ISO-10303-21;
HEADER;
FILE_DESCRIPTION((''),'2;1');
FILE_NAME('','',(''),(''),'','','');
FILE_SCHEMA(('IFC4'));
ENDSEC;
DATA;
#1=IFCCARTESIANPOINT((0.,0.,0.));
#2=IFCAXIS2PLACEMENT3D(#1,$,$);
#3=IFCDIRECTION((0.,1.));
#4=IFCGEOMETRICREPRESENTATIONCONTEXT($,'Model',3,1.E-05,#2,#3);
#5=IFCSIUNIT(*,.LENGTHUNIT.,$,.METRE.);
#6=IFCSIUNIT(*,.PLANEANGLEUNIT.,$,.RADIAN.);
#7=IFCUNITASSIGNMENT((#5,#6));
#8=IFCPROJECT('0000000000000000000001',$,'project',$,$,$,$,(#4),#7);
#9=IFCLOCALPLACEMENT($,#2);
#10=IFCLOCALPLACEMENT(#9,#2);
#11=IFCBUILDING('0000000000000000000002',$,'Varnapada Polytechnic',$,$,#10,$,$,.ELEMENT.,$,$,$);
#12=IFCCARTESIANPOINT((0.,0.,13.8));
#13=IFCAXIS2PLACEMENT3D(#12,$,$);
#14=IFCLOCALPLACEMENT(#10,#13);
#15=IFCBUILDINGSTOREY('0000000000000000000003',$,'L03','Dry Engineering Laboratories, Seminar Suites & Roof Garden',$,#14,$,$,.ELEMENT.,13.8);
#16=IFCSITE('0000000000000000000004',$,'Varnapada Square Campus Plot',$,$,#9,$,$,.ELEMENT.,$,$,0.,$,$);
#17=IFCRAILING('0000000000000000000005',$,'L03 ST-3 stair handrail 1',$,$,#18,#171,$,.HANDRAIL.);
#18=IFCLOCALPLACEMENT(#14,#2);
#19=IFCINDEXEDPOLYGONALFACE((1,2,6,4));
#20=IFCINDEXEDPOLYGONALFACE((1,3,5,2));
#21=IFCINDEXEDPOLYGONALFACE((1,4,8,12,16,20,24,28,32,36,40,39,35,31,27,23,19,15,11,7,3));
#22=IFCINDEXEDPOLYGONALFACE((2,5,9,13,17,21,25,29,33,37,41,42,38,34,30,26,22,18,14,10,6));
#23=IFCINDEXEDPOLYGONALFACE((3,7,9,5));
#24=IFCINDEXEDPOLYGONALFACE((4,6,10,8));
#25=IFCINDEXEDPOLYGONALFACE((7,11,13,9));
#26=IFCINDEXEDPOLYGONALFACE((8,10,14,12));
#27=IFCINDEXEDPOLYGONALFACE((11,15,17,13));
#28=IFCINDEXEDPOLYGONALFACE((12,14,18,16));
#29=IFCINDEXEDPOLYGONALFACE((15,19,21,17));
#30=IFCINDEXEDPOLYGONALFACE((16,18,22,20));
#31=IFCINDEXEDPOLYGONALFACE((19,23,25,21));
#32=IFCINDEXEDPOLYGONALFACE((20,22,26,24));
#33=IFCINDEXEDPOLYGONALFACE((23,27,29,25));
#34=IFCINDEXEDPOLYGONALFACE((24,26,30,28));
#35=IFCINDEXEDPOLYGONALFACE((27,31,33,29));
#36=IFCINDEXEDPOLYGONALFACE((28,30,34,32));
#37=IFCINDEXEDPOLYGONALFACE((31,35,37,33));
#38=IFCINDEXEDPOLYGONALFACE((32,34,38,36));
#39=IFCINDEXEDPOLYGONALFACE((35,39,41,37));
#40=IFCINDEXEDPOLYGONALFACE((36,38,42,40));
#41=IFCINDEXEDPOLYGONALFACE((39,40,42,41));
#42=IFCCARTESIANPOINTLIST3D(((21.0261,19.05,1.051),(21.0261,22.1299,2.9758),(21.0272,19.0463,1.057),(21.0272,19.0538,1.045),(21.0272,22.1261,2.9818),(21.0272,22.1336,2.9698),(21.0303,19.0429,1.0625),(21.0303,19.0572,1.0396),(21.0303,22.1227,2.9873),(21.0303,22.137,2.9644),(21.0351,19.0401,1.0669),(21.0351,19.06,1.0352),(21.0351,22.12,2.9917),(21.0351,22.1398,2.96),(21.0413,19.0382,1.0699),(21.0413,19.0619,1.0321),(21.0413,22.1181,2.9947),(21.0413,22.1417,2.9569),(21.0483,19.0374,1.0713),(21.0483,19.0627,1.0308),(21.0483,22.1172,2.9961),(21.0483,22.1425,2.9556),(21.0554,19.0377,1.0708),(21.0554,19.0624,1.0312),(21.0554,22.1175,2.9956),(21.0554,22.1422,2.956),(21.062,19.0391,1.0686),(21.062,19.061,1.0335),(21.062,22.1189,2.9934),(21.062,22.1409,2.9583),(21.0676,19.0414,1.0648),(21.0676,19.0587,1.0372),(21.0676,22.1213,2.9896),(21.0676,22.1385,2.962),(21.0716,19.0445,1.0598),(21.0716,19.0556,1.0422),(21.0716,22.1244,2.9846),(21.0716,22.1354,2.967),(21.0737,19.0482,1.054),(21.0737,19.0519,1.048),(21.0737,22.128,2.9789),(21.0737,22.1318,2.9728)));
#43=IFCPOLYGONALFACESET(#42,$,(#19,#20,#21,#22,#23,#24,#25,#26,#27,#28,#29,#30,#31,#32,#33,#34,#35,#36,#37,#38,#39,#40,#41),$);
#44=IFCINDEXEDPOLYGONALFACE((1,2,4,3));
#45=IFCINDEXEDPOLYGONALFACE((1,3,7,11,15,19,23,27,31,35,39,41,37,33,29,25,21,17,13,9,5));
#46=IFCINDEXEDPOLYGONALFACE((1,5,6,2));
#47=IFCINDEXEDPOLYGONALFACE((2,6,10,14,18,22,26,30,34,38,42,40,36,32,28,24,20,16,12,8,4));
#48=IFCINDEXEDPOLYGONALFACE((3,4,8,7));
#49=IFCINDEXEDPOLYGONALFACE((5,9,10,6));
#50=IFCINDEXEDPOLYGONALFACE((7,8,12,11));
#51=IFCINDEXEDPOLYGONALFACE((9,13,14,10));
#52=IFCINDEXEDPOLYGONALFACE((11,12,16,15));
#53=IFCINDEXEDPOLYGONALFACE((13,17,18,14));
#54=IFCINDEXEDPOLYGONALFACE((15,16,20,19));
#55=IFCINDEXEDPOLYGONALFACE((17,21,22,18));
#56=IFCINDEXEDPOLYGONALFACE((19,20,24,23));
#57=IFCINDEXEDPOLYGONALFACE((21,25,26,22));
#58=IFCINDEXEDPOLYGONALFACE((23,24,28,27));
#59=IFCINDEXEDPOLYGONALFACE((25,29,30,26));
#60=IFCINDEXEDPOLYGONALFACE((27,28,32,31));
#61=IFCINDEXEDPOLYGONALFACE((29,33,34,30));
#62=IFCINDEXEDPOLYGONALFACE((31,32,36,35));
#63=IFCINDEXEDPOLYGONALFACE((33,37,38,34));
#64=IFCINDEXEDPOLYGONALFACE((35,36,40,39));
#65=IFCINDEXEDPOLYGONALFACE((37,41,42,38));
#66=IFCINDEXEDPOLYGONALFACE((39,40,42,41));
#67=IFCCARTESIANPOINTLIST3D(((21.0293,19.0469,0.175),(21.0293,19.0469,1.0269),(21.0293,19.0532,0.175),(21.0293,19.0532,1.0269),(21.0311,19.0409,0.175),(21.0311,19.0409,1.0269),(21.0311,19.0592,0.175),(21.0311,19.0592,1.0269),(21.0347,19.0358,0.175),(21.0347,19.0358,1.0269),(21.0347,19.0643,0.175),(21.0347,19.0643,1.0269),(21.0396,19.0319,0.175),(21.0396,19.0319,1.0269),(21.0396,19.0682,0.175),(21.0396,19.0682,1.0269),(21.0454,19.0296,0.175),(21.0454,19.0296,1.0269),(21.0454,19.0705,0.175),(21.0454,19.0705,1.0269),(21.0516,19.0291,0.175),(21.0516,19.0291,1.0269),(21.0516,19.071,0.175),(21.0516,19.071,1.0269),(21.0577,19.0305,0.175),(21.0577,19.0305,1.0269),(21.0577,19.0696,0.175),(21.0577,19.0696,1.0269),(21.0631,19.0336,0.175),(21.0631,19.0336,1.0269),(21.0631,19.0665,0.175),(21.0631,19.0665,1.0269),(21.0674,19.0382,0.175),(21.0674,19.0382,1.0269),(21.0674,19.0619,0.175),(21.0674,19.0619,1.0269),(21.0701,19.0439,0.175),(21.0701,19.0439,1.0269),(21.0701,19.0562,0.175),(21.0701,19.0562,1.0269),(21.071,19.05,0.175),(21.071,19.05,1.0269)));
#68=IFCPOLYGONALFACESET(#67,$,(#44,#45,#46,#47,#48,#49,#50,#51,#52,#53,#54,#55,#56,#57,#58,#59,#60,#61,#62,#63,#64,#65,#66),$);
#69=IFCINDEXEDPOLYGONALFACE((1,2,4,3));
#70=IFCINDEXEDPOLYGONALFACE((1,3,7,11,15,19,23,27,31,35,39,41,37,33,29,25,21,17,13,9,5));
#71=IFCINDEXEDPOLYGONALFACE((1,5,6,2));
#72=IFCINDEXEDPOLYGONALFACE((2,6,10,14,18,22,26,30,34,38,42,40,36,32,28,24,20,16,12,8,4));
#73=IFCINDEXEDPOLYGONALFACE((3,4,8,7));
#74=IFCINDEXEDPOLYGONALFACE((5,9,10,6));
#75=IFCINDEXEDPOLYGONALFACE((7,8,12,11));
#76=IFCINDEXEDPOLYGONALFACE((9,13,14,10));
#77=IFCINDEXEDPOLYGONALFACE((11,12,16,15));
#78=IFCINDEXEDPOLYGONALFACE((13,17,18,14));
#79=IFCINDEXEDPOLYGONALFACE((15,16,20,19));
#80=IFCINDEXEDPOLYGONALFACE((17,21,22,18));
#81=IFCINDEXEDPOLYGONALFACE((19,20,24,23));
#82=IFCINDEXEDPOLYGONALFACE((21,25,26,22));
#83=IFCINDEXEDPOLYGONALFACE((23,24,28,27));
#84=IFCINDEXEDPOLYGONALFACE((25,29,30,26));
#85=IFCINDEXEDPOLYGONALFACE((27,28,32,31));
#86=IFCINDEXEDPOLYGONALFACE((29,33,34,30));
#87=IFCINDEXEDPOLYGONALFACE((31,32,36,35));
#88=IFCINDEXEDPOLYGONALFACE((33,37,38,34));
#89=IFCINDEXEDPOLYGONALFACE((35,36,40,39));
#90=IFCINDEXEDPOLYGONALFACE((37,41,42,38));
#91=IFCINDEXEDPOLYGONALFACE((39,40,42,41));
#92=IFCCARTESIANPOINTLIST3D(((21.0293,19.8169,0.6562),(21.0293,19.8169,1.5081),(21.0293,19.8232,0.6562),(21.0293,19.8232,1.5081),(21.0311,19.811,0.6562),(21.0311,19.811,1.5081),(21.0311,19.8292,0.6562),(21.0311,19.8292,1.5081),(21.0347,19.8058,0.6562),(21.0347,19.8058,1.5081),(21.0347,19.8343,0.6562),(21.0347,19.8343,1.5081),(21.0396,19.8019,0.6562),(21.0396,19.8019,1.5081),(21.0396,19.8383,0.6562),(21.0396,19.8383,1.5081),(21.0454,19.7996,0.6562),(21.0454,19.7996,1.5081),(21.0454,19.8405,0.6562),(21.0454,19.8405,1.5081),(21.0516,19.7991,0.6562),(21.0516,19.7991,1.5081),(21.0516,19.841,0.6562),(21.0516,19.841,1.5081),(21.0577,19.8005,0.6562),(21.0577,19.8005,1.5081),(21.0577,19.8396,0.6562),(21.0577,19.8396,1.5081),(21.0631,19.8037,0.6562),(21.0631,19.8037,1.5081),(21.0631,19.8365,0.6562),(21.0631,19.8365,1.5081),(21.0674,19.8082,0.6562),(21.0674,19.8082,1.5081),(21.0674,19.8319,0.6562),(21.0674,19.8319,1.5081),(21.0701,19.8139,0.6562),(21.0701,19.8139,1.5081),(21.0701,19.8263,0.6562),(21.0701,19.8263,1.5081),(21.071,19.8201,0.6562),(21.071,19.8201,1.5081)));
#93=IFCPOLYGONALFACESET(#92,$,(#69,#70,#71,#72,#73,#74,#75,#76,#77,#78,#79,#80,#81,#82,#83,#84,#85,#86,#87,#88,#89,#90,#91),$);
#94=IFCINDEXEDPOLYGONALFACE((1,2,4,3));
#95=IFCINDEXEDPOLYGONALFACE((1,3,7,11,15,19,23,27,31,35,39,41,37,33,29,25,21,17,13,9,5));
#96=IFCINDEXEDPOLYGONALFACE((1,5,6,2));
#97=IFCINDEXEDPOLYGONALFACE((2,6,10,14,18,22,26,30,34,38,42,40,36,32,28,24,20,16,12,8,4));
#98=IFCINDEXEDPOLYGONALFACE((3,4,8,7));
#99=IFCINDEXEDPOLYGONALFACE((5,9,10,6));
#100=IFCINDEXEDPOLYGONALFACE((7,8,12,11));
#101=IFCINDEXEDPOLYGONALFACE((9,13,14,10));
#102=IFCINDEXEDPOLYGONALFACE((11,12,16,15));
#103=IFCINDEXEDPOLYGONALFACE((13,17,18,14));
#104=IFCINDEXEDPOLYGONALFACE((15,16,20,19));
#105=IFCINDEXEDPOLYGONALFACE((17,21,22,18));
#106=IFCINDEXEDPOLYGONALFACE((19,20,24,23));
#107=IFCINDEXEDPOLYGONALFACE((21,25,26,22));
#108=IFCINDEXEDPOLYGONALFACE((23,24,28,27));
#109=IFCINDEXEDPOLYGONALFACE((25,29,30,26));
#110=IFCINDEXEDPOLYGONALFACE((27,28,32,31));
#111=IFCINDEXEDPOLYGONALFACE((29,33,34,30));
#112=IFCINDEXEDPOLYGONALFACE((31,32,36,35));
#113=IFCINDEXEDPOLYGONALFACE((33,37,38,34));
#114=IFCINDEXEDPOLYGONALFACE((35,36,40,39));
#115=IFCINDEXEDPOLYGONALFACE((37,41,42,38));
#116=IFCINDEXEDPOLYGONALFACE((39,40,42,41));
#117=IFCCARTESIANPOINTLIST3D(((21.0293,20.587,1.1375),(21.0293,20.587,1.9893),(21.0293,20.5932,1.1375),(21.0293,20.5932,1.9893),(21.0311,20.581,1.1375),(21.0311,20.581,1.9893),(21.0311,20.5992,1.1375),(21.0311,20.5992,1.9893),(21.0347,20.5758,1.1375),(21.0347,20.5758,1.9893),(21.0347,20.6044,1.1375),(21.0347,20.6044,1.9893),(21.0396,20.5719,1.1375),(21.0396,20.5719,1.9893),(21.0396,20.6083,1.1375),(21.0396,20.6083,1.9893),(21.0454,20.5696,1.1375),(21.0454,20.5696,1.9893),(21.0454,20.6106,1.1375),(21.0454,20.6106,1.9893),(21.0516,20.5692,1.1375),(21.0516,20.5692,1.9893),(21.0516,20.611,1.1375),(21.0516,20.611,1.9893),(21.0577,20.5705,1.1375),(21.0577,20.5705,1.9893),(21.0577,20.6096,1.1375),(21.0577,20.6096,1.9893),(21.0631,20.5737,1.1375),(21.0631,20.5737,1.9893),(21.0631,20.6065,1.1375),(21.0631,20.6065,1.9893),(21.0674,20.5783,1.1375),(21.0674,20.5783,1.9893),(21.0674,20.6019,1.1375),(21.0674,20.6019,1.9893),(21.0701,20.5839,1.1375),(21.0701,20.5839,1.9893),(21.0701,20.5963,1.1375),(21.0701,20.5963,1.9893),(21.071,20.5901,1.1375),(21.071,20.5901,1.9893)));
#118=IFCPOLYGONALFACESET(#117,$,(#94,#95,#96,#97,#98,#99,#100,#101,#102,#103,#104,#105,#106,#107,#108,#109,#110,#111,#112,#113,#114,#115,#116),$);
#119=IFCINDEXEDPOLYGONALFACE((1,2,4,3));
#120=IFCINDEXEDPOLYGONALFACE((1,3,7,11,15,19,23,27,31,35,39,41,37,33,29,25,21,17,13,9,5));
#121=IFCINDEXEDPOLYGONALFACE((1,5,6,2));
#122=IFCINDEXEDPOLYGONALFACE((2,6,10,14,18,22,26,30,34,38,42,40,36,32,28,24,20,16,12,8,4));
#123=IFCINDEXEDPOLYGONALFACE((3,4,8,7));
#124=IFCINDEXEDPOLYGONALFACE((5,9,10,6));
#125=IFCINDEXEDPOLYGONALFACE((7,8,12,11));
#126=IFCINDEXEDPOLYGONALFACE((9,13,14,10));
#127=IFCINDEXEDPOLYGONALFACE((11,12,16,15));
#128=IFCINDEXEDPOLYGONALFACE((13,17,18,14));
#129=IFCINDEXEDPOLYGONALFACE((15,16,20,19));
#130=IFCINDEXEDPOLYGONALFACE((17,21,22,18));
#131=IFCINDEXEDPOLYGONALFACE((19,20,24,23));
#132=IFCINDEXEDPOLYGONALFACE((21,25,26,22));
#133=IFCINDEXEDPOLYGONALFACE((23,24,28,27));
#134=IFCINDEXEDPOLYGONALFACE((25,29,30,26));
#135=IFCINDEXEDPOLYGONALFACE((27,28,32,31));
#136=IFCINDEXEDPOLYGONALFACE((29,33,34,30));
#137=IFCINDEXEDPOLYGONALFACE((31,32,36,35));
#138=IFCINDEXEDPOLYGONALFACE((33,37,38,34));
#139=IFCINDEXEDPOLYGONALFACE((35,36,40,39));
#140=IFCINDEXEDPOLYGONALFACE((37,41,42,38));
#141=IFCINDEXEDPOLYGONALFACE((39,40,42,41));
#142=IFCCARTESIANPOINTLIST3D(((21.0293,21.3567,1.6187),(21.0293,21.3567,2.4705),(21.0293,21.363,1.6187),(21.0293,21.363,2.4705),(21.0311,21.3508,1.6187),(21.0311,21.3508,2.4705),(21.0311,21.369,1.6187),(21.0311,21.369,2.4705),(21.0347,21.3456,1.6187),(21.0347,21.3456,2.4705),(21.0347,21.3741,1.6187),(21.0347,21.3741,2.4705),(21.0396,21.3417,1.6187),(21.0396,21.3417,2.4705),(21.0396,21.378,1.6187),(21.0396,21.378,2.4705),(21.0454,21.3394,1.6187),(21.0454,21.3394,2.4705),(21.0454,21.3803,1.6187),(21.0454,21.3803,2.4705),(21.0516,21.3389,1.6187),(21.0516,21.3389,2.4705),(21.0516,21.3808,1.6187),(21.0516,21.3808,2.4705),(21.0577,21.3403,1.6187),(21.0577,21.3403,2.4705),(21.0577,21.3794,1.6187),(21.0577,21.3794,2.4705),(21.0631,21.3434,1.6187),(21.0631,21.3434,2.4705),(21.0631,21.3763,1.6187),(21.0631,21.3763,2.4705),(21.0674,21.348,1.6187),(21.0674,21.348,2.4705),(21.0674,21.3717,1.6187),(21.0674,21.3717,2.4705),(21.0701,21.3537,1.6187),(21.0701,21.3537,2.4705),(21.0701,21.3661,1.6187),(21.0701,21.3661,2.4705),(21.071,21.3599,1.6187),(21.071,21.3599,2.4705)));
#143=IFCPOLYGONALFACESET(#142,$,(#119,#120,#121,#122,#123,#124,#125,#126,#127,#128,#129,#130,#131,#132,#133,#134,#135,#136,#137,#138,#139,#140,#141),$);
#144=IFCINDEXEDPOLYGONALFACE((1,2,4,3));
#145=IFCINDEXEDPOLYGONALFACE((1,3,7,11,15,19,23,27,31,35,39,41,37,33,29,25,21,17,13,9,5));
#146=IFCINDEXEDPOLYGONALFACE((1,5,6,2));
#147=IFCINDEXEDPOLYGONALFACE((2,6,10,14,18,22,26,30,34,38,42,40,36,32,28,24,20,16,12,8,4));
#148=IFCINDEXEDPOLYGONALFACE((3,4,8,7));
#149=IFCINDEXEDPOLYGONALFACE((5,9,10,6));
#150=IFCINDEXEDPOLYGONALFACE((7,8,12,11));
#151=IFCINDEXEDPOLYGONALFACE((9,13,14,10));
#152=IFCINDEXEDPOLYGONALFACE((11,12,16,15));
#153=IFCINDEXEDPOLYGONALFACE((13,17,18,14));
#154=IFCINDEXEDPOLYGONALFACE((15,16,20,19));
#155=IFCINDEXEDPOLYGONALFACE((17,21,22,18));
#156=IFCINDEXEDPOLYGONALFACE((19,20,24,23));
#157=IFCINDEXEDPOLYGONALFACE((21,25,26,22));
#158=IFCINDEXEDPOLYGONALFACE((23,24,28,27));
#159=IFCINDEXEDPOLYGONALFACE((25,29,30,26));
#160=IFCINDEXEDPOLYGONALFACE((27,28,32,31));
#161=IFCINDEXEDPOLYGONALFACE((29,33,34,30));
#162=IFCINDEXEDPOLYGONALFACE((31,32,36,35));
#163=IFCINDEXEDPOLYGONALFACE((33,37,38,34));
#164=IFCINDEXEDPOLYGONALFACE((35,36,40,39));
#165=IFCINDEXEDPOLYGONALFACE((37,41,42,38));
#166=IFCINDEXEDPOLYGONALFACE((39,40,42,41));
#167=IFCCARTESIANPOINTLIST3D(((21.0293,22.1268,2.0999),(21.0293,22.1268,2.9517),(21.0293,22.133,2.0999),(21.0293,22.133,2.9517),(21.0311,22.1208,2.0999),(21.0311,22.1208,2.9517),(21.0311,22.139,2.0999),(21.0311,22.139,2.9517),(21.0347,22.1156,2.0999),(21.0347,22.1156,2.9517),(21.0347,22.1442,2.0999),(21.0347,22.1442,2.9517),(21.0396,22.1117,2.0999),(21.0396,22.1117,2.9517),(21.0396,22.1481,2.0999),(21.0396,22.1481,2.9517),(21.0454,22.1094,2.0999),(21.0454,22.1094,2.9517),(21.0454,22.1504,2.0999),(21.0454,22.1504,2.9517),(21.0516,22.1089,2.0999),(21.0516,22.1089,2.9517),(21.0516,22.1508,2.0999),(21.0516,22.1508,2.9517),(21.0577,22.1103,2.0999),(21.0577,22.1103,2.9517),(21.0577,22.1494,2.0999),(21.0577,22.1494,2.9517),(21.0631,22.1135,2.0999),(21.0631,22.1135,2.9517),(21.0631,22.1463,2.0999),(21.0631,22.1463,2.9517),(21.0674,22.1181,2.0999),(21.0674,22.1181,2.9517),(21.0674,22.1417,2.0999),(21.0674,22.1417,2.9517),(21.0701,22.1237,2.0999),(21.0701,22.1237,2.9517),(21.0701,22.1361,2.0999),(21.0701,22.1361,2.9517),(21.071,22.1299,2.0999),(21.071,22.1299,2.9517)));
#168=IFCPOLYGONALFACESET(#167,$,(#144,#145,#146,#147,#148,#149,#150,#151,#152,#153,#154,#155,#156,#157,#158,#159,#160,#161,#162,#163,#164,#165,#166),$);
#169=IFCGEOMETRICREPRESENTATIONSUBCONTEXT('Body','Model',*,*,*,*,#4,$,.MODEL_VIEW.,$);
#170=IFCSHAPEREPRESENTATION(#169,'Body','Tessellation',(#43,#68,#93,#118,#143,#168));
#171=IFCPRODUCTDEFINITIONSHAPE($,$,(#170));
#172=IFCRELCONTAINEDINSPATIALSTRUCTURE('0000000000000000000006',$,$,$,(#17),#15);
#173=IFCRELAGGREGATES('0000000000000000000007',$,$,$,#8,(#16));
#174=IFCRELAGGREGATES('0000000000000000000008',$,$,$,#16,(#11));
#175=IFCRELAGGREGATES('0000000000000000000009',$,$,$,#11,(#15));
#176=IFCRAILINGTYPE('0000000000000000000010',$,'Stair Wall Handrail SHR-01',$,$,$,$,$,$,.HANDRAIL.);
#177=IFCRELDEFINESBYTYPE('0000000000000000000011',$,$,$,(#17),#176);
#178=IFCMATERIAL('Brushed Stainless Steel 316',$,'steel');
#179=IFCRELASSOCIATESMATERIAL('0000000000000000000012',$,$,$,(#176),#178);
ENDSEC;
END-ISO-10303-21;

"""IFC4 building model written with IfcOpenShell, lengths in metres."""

from ifc_helpers import new_model, si_unit, direction, frame, origin, origin_2d, place, context, subcontext, project, spatial, circle, extrude, material, type_object, element, save


model = new_model("IFC4")

# Units and contexts
model_context = context("Model", 3, precision=1e-05, world=origin(), true_north=direction((0.0, 1.0)))
body_context = subcontext(model_context, "Body", "Model", "MODEL_VIEW")
ifc_project = project(units=[si_unit("LENGTHUNIT", "METRE"), si_unit("PLANEANGLEUNIT", "RADIAN")], contexts=[model_context])

# Site, building, storey
site_placement = place(None, origin())
site = spatial("IfcSite", under=ifc_project, at=site_placement, Name="Varnapada Square Campus Plot", CompositionType="ELEMENT", RefElevation=0.0)
building_placement = place(site_placement, origin())
building = spatial("IfcBuilding", under=site, at=building_placement, Name="Varnapada Polytechnic", CompositionType="ELEMENT")
storey_placement = place(building_placement, frame((0.0, 0.0, 13.8)))
storey = spatial("IfcBuildingStorey", under=building, at=storey_placement, Name="L03", Description="Dry Engineering Laboratories, Seminar Suites & Roof Garden", CompositionType="ELEMENT", Elevation=13.8)

# Shared definitions
ifc_material_1 = material(Name="Brushed Stainless Steel 316", Category="steel")

# Railing
railing_type_1 = type_object("IfcRailingType", Name="Stair Wall Handrail SHR-01", PredefinedType="HANDRAIL", material=ifc_material_1)
railing_1_placement = place(storey_placement, frame((21.05, 19.05, 0.175)))
element("IfcRailing", 1, at=railing_1_placement, inside=storey, type_object=railing_type_1, Name="L03 ST-3 stair handrail 1", PredefinedType="HANDRAIL", context=body_context, shape_type="SweptSolid", body=[
    extrude(circle(Radius=0.0239, at=origin_2d()), frame((0.0, 0.0, 0.876), z_axis=(0.0, 0.84801, 0.529981), x_axis=(-1.0, 0.0, 0.0)), (0.0, 0.0, 1.0), 3.6318),
    extrude(circle(Radius=0.021, at=origin_2d()), origin(), (0.0, 0.0, 1.0), 0.8518),
    extrude(circle(Radius=0.021, at=origin_2d()), frame((0.0, 0.77, 0.4812)), (0.0, 0.0, 1.0), 0.8518),
    extrude(circle(Radius=0.021, at=origin_2d()), frame((0.0, 1.54, 0.9624)), (0.0, 0.0, 1.0), 0.8518),
    extrude(circle(Radius=0.021, at=origin_2d()), frame((0.0, 2.3098, 1.4436)), (0.0, 0.0, 1.0), 0.8518),
    extrude(circle(Radius=0.021, at=origin_2d()), frame((0.0, 3.0798, 1.9248)), (0.0, 0.0, 1.0), 0.8518),
])

save(model, "model.ifc")
